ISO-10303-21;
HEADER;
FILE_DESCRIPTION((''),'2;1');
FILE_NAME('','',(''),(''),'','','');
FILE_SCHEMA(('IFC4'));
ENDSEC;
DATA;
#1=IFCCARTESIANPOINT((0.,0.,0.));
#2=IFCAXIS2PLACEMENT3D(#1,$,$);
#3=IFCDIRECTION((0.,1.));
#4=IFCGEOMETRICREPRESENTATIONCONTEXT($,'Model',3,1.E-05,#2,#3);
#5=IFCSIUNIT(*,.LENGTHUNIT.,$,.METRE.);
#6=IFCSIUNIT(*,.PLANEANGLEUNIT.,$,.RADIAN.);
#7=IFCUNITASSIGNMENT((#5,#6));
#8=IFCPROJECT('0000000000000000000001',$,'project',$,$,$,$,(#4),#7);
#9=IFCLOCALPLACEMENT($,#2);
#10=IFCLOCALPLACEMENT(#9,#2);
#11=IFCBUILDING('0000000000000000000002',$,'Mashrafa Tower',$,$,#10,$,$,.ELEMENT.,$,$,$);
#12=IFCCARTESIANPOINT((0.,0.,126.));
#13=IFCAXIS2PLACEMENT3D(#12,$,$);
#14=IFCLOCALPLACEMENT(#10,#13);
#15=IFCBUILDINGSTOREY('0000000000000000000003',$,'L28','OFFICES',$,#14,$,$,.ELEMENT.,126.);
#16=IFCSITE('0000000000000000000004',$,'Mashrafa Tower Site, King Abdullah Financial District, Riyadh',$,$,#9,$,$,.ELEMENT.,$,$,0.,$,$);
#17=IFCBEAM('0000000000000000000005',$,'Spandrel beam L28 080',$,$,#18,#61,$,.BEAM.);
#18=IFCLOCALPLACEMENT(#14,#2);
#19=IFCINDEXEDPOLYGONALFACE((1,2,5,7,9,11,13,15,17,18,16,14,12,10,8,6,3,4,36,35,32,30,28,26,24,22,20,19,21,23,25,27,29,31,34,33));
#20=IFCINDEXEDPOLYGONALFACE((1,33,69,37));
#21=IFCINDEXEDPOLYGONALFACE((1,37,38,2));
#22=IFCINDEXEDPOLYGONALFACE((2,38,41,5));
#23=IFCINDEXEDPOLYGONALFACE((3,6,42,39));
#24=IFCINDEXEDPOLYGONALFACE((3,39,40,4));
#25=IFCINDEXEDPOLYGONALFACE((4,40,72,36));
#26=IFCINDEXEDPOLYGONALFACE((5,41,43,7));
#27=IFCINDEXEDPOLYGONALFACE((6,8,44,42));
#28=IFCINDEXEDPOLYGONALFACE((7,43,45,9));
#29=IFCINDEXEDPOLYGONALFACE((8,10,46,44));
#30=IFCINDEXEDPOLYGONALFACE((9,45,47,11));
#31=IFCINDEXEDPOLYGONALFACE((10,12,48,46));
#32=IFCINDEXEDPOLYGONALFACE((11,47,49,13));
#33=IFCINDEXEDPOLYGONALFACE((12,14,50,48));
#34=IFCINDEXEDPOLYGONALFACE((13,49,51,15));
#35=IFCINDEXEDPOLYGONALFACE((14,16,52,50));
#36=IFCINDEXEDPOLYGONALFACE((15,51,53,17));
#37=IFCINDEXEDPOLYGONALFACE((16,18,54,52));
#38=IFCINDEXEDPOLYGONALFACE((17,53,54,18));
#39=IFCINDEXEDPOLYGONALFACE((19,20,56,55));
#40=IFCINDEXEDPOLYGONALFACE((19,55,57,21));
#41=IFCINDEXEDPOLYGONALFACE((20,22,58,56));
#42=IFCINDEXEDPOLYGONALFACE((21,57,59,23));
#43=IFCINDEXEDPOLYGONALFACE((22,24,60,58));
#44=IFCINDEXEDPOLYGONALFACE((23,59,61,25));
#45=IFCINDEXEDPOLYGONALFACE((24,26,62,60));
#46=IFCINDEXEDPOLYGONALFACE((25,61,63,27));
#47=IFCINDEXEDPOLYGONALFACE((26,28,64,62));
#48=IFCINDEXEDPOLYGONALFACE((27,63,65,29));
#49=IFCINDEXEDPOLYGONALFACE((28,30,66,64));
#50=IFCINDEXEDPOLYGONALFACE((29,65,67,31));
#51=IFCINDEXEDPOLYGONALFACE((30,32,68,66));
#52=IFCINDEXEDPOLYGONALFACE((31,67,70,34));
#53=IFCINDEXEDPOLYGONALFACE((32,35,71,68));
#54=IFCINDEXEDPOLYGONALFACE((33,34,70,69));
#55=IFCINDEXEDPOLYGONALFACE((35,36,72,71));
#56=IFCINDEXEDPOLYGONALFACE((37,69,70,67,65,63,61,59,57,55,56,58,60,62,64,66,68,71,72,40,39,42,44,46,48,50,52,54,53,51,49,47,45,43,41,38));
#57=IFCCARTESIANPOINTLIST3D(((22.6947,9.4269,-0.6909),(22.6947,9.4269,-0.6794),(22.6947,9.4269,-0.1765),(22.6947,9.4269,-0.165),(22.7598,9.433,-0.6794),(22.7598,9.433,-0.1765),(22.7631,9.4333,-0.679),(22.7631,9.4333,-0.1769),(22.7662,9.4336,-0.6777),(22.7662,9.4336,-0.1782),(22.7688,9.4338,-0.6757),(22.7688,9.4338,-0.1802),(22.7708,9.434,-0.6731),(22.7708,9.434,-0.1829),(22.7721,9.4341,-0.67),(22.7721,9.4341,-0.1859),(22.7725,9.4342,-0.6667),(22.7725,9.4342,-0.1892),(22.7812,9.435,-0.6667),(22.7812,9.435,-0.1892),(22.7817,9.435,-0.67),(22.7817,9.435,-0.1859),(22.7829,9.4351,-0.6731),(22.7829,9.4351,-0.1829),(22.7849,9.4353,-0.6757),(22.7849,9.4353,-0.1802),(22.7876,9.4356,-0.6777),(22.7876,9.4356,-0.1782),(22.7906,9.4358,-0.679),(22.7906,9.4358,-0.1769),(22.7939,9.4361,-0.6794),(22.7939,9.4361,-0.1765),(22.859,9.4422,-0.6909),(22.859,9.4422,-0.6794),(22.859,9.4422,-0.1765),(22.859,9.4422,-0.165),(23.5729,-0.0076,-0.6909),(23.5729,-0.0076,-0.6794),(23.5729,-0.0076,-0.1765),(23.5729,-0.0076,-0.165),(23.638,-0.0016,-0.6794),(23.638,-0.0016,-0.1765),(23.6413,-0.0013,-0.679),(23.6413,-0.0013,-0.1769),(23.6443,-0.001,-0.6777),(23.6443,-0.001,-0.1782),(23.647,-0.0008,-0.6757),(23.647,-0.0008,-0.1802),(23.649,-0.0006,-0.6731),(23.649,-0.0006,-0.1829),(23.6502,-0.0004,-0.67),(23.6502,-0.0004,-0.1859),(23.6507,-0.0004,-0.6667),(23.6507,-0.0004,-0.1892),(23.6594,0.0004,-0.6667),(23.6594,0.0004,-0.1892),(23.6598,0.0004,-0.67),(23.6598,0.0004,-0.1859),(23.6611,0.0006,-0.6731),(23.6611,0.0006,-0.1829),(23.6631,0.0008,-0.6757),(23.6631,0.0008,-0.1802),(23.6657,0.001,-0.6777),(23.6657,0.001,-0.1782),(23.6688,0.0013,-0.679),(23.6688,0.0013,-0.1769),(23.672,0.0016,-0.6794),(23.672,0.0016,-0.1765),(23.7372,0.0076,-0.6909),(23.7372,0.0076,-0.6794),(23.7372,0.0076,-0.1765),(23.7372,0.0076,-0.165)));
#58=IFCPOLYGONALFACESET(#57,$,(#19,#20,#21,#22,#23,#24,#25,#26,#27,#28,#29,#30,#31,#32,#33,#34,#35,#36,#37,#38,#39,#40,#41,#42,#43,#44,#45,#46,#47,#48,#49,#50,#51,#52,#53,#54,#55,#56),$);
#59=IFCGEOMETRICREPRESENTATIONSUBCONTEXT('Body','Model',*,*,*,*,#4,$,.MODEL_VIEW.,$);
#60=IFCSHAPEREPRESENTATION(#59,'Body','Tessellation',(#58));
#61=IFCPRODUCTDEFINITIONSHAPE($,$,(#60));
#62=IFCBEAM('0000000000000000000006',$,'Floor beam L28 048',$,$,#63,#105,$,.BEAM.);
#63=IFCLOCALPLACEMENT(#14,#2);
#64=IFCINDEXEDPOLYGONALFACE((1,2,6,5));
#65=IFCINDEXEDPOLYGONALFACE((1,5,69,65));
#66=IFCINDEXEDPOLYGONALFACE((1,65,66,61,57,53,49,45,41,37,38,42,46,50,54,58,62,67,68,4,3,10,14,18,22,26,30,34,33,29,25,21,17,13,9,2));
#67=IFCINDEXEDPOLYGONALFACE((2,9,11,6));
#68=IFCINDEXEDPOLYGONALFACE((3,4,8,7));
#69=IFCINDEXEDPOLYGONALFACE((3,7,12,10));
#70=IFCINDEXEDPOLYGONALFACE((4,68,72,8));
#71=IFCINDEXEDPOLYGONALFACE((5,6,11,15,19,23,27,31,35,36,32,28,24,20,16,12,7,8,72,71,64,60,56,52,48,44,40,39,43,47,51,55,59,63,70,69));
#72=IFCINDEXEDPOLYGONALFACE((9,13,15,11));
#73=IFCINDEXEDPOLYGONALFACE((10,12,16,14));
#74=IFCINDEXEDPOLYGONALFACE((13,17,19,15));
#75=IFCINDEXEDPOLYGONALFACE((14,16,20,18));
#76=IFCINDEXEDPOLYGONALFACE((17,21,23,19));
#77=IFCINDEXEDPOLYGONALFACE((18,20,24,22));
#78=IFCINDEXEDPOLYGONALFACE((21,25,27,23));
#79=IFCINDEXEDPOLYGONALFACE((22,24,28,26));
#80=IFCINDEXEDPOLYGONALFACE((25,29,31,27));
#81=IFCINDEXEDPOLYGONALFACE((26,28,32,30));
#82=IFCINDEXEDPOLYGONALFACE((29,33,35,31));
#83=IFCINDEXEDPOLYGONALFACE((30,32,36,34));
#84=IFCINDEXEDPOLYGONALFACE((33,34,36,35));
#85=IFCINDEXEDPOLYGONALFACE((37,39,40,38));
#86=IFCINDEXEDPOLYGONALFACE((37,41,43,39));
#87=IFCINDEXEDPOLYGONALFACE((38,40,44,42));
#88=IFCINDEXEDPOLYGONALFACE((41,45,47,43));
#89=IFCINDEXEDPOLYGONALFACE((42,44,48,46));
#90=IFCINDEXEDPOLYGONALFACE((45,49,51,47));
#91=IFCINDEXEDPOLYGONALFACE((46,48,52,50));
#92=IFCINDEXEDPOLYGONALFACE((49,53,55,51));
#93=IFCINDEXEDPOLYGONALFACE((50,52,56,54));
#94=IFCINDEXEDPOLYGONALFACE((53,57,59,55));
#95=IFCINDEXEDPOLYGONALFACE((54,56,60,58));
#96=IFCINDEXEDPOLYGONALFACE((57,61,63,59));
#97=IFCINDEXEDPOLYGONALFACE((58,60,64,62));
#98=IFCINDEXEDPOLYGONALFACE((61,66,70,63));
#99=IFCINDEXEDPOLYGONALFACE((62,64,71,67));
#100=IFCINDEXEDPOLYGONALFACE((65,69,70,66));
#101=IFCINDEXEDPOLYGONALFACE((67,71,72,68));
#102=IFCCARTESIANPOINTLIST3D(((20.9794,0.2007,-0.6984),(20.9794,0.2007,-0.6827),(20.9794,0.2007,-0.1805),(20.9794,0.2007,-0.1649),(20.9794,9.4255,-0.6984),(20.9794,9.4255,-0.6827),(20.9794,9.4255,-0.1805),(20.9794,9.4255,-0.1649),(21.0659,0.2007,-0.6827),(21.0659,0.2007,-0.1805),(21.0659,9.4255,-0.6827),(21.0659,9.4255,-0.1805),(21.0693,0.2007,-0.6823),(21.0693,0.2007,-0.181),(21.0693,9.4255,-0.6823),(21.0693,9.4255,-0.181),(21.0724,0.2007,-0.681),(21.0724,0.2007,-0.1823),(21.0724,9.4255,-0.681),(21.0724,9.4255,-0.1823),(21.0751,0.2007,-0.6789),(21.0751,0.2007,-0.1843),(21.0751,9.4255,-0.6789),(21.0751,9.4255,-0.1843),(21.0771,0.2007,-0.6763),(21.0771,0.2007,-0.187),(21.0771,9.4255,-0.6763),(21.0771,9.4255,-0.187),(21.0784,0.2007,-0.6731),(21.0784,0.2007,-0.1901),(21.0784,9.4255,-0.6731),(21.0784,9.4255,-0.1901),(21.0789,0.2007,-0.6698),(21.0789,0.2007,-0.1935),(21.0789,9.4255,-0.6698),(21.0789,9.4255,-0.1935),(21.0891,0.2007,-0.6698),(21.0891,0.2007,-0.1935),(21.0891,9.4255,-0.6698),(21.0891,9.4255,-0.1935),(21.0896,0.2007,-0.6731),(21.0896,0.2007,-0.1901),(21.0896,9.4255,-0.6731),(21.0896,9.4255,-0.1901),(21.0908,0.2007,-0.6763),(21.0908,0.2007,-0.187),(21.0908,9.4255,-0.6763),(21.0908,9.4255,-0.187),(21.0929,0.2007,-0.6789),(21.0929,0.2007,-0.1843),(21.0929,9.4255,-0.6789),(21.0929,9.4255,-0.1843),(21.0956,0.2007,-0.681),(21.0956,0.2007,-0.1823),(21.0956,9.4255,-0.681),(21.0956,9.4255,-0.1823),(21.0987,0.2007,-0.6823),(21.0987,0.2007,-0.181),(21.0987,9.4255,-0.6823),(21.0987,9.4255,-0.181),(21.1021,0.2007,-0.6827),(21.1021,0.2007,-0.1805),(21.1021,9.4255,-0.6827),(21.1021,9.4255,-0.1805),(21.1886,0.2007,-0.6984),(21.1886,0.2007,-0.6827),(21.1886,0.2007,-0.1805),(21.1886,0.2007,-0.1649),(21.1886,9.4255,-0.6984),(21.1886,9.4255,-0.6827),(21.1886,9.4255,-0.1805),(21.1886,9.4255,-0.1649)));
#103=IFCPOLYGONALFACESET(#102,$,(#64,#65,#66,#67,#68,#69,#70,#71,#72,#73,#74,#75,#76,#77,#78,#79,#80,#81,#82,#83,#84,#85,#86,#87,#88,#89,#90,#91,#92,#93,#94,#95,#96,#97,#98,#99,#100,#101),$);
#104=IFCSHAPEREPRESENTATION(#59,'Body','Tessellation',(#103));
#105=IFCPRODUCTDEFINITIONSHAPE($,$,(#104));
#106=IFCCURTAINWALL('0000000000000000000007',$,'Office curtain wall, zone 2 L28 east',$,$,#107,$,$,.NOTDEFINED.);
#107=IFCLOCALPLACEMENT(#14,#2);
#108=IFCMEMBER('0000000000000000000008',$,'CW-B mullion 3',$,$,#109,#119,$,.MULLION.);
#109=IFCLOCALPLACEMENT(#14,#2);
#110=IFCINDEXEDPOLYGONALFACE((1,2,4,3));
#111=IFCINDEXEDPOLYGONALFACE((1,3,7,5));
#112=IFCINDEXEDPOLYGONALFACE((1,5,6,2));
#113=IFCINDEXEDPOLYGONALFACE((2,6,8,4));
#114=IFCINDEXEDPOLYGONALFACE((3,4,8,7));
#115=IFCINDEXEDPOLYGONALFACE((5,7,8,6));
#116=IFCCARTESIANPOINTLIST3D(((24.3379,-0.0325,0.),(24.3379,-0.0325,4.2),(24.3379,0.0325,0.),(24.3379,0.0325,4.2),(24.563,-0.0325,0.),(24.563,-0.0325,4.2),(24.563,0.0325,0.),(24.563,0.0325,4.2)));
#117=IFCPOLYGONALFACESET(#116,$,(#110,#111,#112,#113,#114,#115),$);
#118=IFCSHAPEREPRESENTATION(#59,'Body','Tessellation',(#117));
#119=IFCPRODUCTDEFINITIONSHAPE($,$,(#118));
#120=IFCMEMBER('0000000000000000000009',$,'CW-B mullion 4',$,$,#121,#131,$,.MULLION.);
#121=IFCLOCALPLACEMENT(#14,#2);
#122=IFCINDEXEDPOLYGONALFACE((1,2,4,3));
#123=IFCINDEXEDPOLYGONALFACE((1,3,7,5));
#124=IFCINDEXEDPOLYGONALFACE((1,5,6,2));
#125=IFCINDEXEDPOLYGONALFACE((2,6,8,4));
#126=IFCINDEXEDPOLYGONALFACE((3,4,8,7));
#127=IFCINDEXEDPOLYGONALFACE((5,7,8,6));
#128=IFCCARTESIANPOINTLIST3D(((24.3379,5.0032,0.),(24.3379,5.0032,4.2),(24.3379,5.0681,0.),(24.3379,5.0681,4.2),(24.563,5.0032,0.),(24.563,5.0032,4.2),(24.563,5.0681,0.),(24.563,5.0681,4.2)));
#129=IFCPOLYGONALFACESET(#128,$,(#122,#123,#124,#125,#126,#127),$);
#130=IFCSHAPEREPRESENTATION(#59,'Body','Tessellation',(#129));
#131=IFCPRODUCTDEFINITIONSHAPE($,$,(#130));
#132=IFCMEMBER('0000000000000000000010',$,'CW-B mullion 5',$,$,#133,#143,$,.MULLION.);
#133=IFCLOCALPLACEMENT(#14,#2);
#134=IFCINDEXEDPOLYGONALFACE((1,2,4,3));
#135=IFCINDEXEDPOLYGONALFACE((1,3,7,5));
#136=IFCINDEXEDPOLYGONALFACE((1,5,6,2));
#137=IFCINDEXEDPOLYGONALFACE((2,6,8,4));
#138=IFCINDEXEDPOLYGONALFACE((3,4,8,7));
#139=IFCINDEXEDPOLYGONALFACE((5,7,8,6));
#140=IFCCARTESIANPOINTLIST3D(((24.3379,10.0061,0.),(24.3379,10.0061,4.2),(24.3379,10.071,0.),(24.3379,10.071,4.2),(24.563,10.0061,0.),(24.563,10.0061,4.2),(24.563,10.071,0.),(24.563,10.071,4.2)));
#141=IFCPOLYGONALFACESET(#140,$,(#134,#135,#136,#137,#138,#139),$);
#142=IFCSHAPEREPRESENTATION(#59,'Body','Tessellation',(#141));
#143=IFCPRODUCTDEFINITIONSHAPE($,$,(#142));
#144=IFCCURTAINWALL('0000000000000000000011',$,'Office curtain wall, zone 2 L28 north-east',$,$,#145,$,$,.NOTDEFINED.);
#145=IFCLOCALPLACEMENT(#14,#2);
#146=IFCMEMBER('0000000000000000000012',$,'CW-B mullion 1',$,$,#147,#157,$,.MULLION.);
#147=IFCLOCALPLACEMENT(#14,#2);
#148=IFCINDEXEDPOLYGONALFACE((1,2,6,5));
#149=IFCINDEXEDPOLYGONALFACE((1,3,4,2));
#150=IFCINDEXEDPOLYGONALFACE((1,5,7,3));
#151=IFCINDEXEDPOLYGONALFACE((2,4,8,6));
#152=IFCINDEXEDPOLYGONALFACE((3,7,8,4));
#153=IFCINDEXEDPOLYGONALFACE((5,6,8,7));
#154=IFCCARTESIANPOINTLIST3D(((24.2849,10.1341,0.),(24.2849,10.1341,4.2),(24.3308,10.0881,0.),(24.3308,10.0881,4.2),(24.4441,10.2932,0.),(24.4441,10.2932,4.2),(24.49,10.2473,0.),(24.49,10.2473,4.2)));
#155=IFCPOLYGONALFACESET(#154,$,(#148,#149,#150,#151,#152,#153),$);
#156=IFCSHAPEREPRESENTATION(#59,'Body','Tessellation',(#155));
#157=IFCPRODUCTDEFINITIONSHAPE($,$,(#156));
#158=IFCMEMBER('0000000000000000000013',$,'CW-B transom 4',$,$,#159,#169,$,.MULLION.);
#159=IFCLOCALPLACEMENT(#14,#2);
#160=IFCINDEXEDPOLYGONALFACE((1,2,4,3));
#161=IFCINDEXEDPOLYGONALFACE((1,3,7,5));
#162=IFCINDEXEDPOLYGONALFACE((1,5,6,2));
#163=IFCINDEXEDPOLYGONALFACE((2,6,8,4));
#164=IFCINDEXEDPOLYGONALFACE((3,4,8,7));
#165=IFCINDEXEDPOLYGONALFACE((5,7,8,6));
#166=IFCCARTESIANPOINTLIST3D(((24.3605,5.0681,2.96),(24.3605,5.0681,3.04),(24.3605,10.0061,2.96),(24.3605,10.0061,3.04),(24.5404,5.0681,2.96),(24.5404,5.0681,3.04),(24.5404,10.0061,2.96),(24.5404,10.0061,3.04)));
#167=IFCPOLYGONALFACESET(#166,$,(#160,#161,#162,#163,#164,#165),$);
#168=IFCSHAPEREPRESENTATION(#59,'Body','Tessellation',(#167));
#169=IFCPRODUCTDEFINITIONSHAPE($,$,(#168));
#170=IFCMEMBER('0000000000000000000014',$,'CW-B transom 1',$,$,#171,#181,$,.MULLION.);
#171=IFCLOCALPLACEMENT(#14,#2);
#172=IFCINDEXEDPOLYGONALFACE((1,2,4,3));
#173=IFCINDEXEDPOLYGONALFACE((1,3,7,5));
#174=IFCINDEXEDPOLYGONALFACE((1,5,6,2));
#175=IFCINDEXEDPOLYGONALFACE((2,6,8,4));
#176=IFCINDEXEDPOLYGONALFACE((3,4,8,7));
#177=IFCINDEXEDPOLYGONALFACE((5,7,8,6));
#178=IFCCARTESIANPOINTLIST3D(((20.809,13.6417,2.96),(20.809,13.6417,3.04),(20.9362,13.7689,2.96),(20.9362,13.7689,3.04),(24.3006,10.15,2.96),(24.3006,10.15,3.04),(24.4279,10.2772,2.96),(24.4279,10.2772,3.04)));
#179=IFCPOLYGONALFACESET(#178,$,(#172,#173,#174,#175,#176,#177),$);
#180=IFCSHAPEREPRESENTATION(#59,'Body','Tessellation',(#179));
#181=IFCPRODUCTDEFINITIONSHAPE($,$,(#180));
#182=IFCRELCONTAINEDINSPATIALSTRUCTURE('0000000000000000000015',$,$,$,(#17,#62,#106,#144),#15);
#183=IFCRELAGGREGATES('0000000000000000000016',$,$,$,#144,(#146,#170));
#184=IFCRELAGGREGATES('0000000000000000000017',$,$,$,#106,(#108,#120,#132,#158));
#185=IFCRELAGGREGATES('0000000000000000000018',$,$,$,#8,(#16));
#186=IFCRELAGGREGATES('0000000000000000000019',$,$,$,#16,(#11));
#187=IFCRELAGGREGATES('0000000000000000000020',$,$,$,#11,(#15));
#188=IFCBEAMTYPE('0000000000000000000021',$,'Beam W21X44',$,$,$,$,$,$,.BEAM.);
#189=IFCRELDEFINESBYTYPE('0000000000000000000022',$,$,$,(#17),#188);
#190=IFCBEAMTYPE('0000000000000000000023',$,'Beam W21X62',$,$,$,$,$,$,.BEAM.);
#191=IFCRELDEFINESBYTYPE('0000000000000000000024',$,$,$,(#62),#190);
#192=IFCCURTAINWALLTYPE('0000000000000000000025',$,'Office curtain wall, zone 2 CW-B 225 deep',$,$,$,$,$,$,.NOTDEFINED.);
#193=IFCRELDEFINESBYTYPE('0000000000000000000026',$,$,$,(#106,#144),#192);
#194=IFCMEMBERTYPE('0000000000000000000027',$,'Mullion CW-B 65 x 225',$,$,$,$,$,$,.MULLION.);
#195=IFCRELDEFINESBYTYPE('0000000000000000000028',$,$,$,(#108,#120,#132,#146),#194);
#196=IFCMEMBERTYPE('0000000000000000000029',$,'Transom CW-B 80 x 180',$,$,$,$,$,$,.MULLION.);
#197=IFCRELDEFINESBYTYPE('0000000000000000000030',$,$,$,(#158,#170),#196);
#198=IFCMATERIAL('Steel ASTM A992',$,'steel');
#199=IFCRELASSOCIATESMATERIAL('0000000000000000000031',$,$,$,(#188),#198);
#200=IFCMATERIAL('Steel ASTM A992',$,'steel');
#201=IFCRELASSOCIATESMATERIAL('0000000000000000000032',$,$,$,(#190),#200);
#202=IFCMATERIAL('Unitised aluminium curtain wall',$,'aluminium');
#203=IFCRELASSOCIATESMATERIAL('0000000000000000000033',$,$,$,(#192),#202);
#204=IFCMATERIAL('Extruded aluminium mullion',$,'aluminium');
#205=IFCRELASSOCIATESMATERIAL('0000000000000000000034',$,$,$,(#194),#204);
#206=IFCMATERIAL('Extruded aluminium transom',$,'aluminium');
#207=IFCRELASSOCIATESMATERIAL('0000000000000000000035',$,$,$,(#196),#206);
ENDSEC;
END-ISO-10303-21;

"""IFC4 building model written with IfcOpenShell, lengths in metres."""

from ifc_helpers import new_model, si_unit, direction, frame, origin, origin_2d, place, context, subcontext, project, spatial, rectangle, i_section, extrude, source, transform, mapped, material, material_profile, profile_set, type_object, type_shapes, element, aggregate, save


model = new_model("IFC4")

# Units and contexts
model_context = context("Model", 3, precision=1e-05, world=origin(), true_north=direction((0.0, 1.0)))
body_context = subcontext(model_context, "Body", "Model", "MODEL_VIEW")
ifc_project = project(units=[si_unit("LENGTHUNIT", "METRE"), si_unit("PLANEANGLEUNIT", "RADIAN")], contexts=[model_context])

# Site, building, storey
site_placement = place(None, origin())
site = spatial("IfcSite", under=ifc_project, at=site_placement, Name="Mashrafa Tower Site, King Abdullah Financial District, Riyadh", CompositionType="ELEMENT", RefElevation=0.0)
building_placement = place(site_placement, origin())
building = spatial("IfcBuilding", under=site, at=building_placement, Name="Mashrafa Tower", CompositionType="ELEMENT")
storey_placement = place(building_placement, frame((0.0, 0.0, 126.0)))
storey = spatial("IfcBuildingStorey", under=building, at=storey_placement, Name="L28", Description="OFFICES", CompositionType="ELEMENT", Elevation=126.0)

# Beams
ifc_material_1 = material(Name="Steel ASTM A992", Category="steel")
ifc_material_profile_1 = material_profile(ifc_material_1, i_section(OverallWidth=0.165, OverallDepth=0.5259, WebThickness=0.0088, FlangeThickness=0.0115, FilletRadius=0.0127, at=origin_2d()), Name="W21X44")
ifc_profile_set_1 = profile_set([ifc_material_profile_1], Name="Steel ASTM A992")
beam_type_1 = type_object("IfcBeamType", Name="Beam W21X44", PredefinedType="BEAM", material=ifc_profile_set_1)
beam_1_placement = place(storey_placement, frame((23.655, 0.0, -0.428), z_axis=(-0.09268, 0.995696, 0.0), x_axis=(-0.995696, -0.09268, 0.0)))
element("IfcBeam", 1, at=beam_1_placement, inside=storey, type_object=beam_type_1, Name="Spandrel beam L28 080", PredefinedType="BEAM", context=body_context, shape_type="SweptSolid", body=[
    extrude(i_section(OverallWidth=0.165, OverallDepth=0.5259, WebThickness=0.0088, FlangeThickness=0.0115, FilletRadius=0.0127, at=origin_2d()), origin(), (0.0, 0.0, 1.0), 9.4753),
])
ifc_material_2 = material(Name="Steel ASTM A992", Category="steel")
ifc_material_profile_2 = material_profile(ifc_material_2, i_section(OverallWidth=0.2092, OverallDepth=0.5334, WebThickness=0.0103, FlangeThickness=0.0156, FilletRadius=0.0129, at=origin_2d()), Name="W21X62")
ifc_profile_set_2 = profile_set([ifc_material_profile_2], Name="Steel ASTM A992")
beam_type_2 = type_object("IfcBeamType", Name="Beam W21X62", PredefinedType="BEAM", material=ifc_profile_set_2)
beam_2_placement = place(storey_placement, frame((21.084, 9.4255, -0.4316), z_axis=(0.0, -1.0, 0.0), x_axis=(1.0, 0.0, 0.0)))
element("IfcBeam", 2, at=beam_2_placement, inside=storey, type_object=beam_type_2, Name="Floor beam L28 048", PredefinedType="BEAM", context=body_context, shape_type="SweptSolid", body=[
    extrude(i_section(OverallWidth=0.2092, OverallDepth=0.5334, WebThickness=0.0103, FlangeThickness=0.0156, FilletRadius=0.0129, at=origin_2d()), origin(), (0.0, 0.0, 1.0), 9.2249),
])

# Curtain wall, members
ifc_material_3 = material(Name="Unitised aluminium curtain wall", Category="aluminium")
curtain_wall_type = type_object("IfcCurtainWallType", Name="Office curtain wall, zone 2 CW-B 225 deep", PredefinedType="NOTDEFINED", material=ifc_material_3)
curtain_wall_1_placement = place(storey_placement, origin())
curtain_wall_1 = element("IfcCurtainWall", 3, at=curtain_wall_1_placement, inside=storey, type_object=curtain_wall_type, Name="Office curtain wall, zone 2 L28 east", PredefinedType="NOTDEFINED")
ifc_material_4 = material(Name="Extruded aluminium mullion", Category="aluminium")
ifc_material_profile_3 = material_profile(ifc_material_4, rectangle(XDim=0.2251, YDim=0.0649, at=origin_2d()), Name="Mullion 65x225")
ifc_profile_set_3 = profile_set([ifc_material_profile_3], Name="Extruded aluminium mullion")
member_type_1 = type_object("IfcMemberType", Name="Mullion CW-B 65 x 225", PredefinedType="MULLION", material=ifc_profile_set_3)
shared_shape_1 = source(origin(), body_context, "Body", "SweptSolid", [
    extrude(rectangle(XDim=0.2251, YDim=0.0649, at=origin_2d()), origin(), (0.0, 0.0, 1.0), 4.2),
])
type_shapes(member_type_1, [shared_shape_1])
member_1_placement = place(storey_placement, frame((24.4504, 0.0, 0.0), z_axis=(0.0, 0.0, 1.0), x_axis=(-1.0, 0.0, 0.0)))
member_1 = element("IfcMember", 4, at=member_1_placement, type_object=member_type_1, Name="CW-B mullion 3", PredefinedType="MULLION", context=body_context, shape_type="MappedRepresentation", body=[
    mapped(shared_shape_1, transform((0.0, 0.0, 0.0))),
])
member_2_placement = place(storey_placement, frame((24.4504, 5.0356, 0.0), z_axis=(0.0, 0.0, 1.0), x_axis=(-1.0, 0.0, 0.0)))
member_2 = element("IfcMember", 5, at=member_2_placement, type_object=member_type_1, Name="CW-B mullion 4", PredefinedType="MULLION", context=body_context, shape_type="MappedRepresentation", body=[
    mapped(shared_shape_1, transform((0.0, 0.0, 0.0))),
])
member_3_placement = place(storey_placement, frame((24.4504, 10.0386, 0.0), z_axis=(0.0, 0.0, 1.0), x_axis=(-1.0, 0.0, 0.0)))
member_3 = element("IfcMember", 6, at=member_3_placement, type_object=member_type_1, Name="CW-B mullion 5", PredefinedType="MULLION", context=body_context, shape_type="MappedRepresentation", body=[
    mapped(shared_shape_1, transform((0.0, 0.0, 0.0))),
])

# Curtain wall, member
curtain_wall_2_placement = place(storey_placement, origin())
curtain_wall_2 = element("IfcCurtainWall", 7, at=curtain_wall_2_placement, inside=storey, type_object=curtain_wall_type, Name="Office curtain wall, zone 2 L28 north-east", PredefinedType="NOTDEFINED")
member_4_placement = place(storey_placement, frame((24.3875, 10.1907, 0.0), z_axis=(0.0, 0.0, 1.0), x_axis=(-0.707107, -0.707107, 0.0)))
member_4 = element("IfcMember", 8, at=member_4_placement, type_object=member_type_1, Name="CW-B mullion 1", PredefinedType="MULLION", context=body_context, shape_type="MappedRepresentation", body=[
    mapped(shared_shape_1, transform((0.0, 0.0, 0.0))),
])

# Members
ifc_material_5 = material(Name="Extruded aluminium transom", Category="aluminium")
ifc_material_profile_4 = material_profile(ifc_material_5, rectangle(XDim=0.1799, YDim=0.0801, at=origin_2d()), Name="Transom 80x180")
ifc_profile_set_4 = profile_set([ifc_material_profile_4], Name="Extruded aluminium transom")
member_type_2 = type_object("IfcMemberType", Name="Transom CW-B 80 x 180", PredefinedType="MULLION", material=ifc_profile_set_4)
shared_shape_2 = source(origin(), body_context, "Body", "SweptSolid", [
    extrude(rectangle(XDim=0.1799, YDim=0.0801, at=origin_2d()), origin(), (0.0, 0.0, 1.0), 4.938),
])
member_5_placement = place(storey_placement, frame((24.4504, 5.0681, 3.0), z_axis=(0.0, 1.0, 0.0), x_axis=(-1.0, 0.0, 0.0)))
member_5 = element("IfcMember", 9, at=member_5_placement, type_object=member_type_2, Name="CW-B transom 4", PredefinedType="MULLION", context=body_context, shape_type="MappedRepresentation", body=[
    mapped(shared_shape_2, transform((0.0, 0.0, 0.0))),
])
member_6_placement = place(storey_placement, frame((24.3643, 10.2136, 3.0), z_axis=(-0.707107, 0.707107, 0.0), x_axis=(-0.707107, -0.707107, 0.0)))
member_6 = element("IfcMember", 10, at=member_6_placement, type_object=member_type_2, Name="CW-B transom 1", PredefinedType="MULLION", context=body_context, shape_type="MappedRepresentation", body=[
    mapped(shared_shape_2, transform((0.0, 0.0, 0.0))),
])
aggregate(curtain_wall_2, [member_4, member_6])

aggregate(curtain_wall_1, [member_1, member_2, member_3, member_5])

save(model, "model.ifc")
